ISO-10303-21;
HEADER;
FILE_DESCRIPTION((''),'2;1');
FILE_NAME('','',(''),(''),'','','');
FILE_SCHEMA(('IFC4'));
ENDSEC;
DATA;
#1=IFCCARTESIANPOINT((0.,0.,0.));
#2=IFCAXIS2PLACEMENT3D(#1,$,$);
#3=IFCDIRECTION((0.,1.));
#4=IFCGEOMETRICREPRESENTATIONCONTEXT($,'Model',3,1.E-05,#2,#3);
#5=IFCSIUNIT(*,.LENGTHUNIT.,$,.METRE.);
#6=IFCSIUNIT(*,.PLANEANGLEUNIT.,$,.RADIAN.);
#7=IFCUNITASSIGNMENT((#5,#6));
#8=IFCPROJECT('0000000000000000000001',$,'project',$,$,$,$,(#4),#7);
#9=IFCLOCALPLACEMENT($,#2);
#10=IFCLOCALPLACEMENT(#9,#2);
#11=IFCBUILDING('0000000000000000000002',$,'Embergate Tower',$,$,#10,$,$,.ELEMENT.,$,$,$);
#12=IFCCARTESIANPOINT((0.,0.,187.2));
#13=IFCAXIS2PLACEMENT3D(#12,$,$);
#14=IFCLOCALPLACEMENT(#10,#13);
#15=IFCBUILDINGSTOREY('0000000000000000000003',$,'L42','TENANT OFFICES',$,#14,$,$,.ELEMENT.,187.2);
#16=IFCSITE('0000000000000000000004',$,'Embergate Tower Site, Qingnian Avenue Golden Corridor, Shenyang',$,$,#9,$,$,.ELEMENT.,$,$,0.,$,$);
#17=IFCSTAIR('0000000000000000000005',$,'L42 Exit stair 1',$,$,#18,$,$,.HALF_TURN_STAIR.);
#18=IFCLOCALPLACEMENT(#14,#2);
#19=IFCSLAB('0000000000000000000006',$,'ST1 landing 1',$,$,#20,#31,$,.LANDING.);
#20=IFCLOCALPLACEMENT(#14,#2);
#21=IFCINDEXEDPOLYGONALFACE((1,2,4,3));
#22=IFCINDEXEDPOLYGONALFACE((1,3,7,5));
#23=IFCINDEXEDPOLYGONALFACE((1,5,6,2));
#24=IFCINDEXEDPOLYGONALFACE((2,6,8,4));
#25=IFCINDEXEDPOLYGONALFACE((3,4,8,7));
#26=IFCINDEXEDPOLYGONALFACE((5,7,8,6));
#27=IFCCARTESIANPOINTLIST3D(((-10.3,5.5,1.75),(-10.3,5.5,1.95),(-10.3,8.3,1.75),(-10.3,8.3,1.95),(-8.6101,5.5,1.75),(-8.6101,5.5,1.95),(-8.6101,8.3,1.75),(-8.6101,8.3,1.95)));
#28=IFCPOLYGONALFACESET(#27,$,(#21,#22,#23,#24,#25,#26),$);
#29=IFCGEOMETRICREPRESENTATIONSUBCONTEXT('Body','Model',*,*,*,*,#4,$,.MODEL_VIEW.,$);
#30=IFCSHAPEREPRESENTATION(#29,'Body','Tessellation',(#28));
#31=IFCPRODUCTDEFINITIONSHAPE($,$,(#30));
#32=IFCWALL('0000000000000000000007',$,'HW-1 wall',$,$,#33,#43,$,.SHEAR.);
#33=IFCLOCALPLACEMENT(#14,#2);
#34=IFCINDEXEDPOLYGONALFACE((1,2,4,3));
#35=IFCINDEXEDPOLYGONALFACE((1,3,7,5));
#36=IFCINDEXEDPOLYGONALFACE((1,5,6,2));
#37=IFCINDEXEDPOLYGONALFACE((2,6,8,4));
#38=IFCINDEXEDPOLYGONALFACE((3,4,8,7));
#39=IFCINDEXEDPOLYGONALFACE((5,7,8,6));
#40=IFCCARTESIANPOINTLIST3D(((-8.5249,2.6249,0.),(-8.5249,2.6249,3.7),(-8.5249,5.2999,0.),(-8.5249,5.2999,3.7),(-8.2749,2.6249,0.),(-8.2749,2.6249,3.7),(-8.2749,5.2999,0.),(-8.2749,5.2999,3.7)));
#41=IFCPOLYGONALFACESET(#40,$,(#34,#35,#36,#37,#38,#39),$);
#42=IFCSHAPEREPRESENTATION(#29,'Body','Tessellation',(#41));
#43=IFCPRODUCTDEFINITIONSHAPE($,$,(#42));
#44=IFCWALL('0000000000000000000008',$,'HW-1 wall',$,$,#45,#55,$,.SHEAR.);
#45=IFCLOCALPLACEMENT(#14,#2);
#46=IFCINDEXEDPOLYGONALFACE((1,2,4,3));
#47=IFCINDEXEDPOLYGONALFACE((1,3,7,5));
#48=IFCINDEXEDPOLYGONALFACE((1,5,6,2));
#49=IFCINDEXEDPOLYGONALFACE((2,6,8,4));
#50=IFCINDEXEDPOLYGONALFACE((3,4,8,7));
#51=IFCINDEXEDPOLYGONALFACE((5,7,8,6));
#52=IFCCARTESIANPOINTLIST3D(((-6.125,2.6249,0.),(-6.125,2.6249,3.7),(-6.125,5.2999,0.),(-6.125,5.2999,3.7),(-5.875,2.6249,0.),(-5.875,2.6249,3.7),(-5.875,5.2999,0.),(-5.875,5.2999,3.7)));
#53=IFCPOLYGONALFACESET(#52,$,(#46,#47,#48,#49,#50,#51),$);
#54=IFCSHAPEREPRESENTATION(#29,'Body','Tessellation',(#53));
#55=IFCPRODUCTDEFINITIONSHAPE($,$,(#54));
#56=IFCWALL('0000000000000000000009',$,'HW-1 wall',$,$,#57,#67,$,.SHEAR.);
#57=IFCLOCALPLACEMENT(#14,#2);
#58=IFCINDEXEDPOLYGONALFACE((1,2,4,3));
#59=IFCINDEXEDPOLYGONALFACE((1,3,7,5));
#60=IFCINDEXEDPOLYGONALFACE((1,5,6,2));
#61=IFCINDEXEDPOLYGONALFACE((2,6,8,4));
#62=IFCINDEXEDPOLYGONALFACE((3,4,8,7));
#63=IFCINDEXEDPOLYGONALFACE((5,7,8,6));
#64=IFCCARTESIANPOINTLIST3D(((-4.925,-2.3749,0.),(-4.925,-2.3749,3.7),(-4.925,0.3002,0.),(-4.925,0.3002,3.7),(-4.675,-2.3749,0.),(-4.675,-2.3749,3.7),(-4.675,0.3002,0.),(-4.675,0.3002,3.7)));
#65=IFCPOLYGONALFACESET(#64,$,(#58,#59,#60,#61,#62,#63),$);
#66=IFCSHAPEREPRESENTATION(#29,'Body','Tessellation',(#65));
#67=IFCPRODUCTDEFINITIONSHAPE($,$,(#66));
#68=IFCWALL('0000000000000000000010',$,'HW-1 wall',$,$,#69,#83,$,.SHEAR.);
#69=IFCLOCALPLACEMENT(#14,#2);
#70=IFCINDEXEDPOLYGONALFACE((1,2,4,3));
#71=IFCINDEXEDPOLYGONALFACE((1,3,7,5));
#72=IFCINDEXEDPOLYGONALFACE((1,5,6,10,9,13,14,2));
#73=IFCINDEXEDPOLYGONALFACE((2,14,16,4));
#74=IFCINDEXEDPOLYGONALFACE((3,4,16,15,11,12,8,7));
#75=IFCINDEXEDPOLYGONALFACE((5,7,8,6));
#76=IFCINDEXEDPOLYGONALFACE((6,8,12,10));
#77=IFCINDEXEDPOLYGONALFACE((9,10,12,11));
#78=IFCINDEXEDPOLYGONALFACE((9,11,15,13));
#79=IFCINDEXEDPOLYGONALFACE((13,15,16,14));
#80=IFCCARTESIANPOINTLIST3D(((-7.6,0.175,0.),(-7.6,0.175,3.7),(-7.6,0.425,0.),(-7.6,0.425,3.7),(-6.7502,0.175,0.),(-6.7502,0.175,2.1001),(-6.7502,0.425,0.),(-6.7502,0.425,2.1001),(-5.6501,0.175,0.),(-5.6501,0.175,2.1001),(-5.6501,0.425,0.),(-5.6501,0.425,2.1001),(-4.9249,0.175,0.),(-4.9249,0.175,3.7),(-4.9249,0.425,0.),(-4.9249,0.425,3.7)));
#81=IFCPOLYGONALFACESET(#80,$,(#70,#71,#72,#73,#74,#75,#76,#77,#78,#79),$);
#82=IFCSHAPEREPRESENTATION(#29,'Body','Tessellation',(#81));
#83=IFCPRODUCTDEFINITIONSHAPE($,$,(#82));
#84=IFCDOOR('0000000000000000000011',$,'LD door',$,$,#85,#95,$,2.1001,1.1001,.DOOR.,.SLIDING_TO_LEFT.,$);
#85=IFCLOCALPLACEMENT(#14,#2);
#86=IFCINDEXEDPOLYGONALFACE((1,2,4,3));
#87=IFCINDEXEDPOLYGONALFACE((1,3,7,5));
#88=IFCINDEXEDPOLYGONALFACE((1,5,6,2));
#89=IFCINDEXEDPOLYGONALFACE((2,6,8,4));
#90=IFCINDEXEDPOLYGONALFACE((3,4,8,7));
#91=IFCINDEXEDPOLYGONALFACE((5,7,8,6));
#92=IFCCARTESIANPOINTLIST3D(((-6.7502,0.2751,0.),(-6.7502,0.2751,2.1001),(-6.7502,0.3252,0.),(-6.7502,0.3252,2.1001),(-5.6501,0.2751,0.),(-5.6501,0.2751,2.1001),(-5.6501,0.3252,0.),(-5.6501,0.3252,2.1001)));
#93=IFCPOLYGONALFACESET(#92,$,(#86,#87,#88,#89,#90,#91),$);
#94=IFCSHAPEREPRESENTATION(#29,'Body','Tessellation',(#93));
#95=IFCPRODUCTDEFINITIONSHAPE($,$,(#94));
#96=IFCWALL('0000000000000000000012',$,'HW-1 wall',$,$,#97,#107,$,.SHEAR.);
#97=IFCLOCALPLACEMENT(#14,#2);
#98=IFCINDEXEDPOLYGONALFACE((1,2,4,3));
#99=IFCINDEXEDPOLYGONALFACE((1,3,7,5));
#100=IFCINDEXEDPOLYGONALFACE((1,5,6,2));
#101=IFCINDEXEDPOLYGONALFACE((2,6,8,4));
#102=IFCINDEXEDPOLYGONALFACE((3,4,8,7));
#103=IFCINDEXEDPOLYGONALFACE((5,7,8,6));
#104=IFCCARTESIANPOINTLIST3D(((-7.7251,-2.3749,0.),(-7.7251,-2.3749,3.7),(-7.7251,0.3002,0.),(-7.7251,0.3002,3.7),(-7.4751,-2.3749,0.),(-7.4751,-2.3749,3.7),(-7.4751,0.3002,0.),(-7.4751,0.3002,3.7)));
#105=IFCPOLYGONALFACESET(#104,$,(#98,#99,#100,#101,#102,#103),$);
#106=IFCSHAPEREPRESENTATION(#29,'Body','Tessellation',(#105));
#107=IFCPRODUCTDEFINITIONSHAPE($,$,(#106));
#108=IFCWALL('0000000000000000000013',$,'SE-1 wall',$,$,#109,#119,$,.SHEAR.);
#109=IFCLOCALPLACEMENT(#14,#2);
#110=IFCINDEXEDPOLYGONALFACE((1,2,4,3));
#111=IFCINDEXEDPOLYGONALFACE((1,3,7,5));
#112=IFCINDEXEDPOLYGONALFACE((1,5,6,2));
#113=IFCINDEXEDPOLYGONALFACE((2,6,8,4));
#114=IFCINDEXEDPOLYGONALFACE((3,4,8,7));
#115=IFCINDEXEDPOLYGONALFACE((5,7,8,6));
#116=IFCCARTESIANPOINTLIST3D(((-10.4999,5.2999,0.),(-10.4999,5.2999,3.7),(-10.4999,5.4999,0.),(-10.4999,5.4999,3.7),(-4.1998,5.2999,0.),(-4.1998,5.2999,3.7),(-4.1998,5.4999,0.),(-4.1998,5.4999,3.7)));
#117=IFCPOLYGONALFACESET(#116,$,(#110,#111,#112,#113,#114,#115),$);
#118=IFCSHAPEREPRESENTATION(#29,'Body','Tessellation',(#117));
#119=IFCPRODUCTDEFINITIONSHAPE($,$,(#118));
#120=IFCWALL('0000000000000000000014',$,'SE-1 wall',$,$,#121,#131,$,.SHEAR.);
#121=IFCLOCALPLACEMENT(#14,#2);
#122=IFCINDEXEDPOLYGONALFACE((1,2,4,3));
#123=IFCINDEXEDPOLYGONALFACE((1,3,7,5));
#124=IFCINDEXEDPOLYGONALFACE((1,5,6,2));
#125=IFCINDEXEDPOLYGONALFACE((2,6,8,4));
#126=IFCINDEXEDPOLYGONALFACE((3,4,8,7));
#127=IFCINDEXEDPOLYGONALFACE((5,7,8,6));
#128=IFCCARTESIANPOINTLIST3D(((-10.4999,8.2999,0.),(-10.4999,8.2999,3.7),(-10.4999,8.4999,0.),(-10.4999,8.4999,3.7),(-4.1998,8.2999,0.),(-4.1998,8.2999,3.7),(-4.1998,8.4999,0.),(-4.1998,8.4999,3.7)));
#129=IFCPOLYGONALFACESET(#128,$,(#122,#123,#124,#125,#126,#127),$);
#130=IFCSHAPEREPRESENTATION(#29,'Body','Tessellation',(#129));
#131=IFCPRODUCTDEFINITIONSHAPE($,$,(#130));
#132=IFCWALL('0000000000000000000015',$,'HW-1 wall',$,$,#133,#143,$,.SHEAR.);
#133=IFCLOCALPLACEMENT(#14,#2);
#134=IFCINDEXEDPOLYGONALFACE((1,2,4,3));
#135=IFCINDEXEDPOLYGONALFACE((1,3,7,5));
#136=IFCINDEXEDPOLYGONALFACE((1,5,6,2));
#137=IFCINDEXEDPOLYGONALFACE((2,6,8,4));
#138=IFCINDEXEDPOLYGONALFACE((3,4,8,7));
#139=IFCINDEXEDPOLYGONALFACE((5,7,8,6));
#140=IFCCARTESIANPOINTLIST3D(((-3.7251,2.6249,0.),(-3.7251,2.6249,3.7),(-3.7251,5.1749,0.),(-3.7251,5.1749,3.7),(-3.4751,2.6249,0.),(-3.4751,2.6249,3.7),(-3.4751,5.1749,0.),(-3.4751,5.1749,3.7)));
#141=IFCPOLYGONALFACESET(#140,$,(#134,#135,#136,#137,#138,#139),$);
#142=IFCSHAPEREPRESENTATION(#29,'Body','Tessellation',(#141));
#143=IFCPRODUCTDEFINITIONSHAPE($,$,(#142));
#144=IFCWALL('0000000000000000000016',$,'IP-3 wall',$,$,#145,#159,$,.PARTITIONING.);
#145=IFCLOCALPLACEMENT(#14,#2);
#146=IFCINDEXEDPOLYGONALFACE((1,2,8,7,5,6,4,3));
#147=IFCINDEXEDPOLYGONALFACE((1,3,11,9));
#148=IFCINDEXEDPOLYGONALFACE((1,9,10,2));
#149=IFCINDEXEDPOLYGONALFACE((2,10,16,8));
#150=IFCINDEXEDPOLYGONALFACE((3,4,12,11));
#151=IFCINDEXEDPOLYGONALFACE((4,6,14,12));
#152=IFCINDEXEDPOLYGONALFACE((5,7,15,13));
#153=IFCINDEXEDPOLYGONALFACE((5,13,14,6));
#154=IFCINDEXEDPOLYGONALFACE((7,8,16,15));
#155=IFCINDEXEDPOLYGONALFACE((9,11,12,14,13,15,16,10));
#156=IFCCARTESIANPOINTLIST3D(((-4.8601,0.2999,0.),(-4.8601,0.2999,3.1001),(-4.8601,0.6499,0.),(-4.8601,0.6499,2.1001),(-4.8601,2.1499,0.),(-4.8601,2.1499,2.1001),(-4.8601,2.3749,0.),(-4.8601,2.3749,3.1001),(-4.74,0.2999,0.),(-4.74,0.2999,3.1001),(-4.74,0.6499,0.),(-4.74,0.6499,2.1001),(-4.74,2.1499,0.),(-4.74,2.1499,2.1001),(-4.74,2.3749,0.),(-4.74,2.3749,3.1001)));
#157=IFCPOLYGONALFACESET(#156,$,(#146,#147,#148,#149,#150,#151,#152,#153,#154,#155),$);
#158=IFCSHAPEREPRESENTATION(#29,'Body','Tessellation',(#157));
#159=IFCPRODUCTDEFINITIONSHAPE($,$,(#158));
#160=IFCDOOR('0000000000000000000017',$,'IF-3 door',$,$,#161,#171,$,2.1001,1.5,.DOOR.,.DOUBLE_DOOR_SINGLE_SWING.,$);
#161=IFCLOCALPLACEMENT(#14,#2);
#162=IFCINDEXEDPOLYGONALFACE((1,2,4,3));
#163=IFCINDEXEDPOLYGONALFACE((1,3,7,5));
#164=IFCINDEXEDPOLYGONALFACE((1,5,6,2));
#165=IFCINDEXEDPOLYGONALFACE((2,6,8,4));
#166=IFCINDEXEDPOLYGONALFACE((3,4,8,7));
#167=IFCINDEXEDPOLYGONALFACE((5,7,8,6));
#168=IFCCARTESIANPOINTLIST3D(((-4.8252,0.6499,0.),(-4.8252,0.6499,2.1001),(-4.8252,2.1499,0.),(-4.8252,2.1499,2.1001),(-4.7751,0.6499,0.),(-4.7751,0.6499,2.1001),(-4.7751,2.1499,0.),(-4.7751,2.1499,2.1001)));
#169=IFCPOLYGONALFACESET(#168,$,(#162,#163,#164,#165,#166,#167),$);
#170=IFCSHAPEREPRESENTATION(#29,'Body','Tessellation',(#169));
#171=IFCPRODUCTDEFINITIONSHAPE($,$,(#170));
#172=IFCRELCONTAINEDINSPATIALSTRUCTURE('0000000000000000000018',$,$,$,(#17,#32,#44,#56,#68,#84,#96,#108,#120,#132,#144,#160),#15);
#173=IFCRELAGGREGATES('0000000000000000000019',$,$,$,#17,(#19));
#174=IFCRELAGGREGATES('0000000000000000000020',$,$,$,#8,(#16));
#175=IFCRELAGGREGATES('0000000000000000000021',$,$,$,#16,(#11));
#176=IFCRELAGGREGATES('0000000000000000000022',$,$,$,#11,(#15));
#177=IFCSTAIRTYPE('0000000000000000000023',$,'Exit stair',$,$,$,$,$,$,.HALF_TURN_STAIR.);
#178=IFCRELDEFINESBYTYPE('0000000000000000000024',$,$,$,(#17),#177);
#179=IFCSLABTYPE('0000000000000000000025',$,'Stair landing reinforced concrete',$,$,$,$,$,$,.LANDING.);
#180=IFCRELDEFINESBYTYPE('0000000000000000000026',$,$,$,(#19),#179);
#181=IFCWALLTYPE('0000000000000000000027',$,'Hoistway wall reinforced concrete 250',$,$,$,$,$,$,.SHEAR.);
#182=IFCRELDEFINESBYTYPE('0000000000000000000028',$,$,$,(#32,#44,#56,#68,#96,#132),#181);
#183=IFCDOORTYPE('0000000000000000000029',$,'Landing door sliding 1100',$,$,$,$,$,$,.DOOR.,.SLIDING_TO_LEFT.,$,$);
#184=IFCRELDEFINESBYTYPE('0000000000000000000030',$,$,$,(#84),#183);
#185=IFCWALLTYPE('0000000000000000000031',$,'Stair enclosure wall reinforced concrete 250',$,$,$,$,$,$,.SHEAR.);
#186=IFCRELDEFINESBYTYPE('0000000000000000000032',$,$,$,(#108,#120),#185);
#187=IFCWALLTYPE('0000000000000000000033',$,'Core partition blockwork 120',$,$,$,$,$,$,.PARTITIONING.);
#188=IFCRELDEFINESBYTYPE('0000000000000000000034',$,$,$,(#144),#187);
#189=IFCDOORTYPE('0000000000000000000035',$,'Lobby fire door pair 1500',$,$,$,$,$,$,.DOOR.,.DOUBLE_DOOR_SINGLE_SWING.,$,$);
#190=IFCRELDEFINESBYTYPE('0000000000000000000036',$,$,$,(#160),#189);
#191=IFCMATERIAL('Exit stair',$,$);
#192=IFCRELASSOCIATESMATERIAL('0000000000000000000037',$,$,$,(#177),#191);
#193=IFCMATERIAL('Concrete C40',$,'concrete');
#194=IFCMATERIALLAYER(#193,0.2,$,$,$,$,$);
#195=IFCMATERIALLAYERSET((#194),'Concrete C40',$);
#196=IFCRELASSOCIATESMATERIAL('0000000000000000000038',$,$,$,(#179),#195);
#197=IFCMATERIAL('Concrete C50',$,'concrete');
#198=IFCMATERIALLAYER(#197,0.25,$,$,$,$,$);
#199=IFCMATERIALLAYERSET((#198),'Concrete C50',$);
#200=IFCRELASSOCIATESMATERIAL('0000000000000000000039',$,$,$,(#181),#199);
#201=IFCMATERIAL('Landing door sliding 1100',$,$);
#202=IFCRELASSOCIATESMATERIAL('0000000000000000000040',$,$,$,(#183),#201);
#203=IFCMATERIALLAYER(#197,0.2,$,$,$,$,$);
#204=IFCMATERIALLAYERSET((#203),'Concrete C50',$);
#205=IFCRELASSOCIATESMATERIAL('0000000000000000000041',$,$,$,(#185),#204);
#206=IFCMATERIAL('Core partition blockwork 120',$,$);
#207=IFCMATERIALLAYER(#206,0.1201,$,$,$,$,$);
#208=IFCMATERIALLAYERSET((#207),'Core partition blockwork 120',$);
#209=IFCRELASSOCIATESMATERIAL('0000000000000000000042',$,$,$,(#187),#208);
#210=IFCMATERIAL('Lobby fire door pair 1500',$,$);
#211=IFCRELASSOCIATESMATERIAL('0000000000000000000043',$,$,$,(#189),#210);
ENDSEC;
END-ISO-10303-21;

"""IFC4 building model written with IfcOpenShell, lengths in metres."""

from ifc_helpers import new_model, si_unit, direction, frame, frame_2d, origin, place, context, subcontext, project, spatial, polyline, rectangle, outline, extrude, source, transform, mapped, material, layer, layer_set, type_object, element, fill, aggregate, save


model = new_model("IFC4")

# Units and contexts
model_context = context("Model", 3, precision=1e-05, world=origin(), true_north=direction((0.0, 1.0)))
body_context = subcontext(model_context, "Body", "Model", "MODEL_VIEW")
ifc_project = project(units=[si_unit("LENGTHUNIT", "METRE"), si_unit("PLANEANGLEUNIT", "RADIAN")], contexts=[model_context])

# Site, building, storey
site_placement = place(None, origin())
site = spatial("IfcSite", under=ifc_project, at=site_placement, Name="Embergate Tower Site, Qingnian Avenue Golden Corridor, Shenyang", CompositionType="ELEMENT", RefElevation=0.0)
building_placement = place(site_placement, origin())
building = spatial("IfcBuilding", under=site, at=building_placement, Name="Embergate Tower", CompositionType="ELEMENT")
storey_placement = place(building_placement, frame((0.0, 0.0, 187.2)))
storey = spatial("IfcBuildingStorey", under=building, at=storey_placement, Name="L42", Description="TENANT OFFICES", CompositionType="ELEMENT", Elevation=187.2)

# Stair, slab
ifc_material_1 = material(Name="Exit stair")
stair_type = type_object("IfcStairType", Name="Exit stair", PredefinedType="HALF_TURN_STAIR", material=ifc_material_1)
stair_placement = place(storey_placement, origin())
stair = element("IfcStair", 1, at=stair_placement, inside=storey, type_object=stair_type, Name="L42 Exit stair 1", PredefinedType="HALF_TURN_STAIR")
ifc_material_2 = material(Name="Concrete C40", Category="concrete")
ifc_layer_1 = layer(ifc_material_2, 0.2)
ifc_layer_set_1 = layer_set([ifc_layer_1], Name="Concrete C40")
slab_type = type_object("IfcSlabType", Name="Stair landing reinforced concrete", PredefinedType="LANDING", material=ifc_layer_set_1)
shared_shape_1 = source(origin(), body_context, "Body", "SweptSolid", [
    extrude(outline(polyline([(0.0, 0.0), (1.6899, 0.0), (1.6899, 2.8), (0.0, 2.8), (0.0, 0.0)])), origin(), (0.0, 0.0, 1.0), 0.2),
])
slab_placement = place(storey_placement, frame((-10.3, 5.5, 1.75)))
slab = element("IfcSlab", 2, at=slab_placement, type_object=slab_type, Name="ST1 landing 1", PredefinedType="LANDING", context=body_context, shape_type="MappedRepresentation", body=[
    mapped(shared_shape_1, transform((0.0, 0.0, 0.0))),
])

# Walls
ifc_material_3 = material(Name="Concrete C50", Category="concrete")
ifc_layer_2 = layer(ifc_material_3, 0.25)
ifc_layer_set_2 = layer_set([ifc_layer_2], Name="Concrete C50")
wall_type_1 = type_object("IfcWallType", Name="Hoistway wall reinforced concrete 250", PredefinedType="SHEAR", material=ifc_layer_set_2)
shared_shape_2 = source(origin(), body_context, "Body", "SweptSolid", [
    extrude(rectangle(XDim=2.675, YDim=0.25, at=frame_2d((1.3374, 0.0))), origin(), (0.0, 0.0, 1.0), 3.7),
])
for number, where, z_axis, x_axis, name in (
    (3, (-8.3999, 2.625, 0.0), (0.0, 0.0, 1.0), (0.0, 1.0, 0.0), "HW-1 wall"),
    (4, (-6.0, 2.625, 0.0), (0.0, 0.0, 1.0), (0.0, 1.0, 0.0), "HW-1 wall"),
    (5, (-4.8, 0.3, 0.0), (0.0, 0.0, 1.0), (0.0, -1.0, 0.0), "HW-1 wall"),
):
    element("IfcWall", number, at=place(storey_placement, frame(where, z_axis=z_axis, x_axis=x_axis)), inside=storey, type_object=wall_type_1, Name=name, PredefinedType="SHEAR", context=body_context, shape_type="MappedRepresentation", body=[
        mapped(shared_shape_2, transform((0.0, 0.0, 0.0))),
    ])

# Wall, opening, door
wall_1_placement = place(storey_placement, frame((-4.925, 0.3, 0.0), z_axis=(0.0, 0.0, 1.0), x_axis=(-1.0, 0.0, 0.0)))
wall_1 = element("IfcWall", 6, at=wall_1_placement, inside=storey, type_object=wall_type_1, Name="HW-1 wall", PredefinedType="SHEAR", context=body_context, shape_type="MappedRepresentation", body=[
    mapped(shared_shape_2, transform((0.0, 0.0, 0.0))),
])
shared_shape_3 = source(origin(), body_context, "Body", "SweptSolid", [
    extrude(rectangle(XDim=1.1001, YDim=2.1001, at=frame_2d((0.55, 1.05))), frame((0.0, 0.135, 0.0), z_axis=(0.0, -1.0, 0.0), x_axis=(1.0, 0.0, 0.0)), (0.0, 0.0, 1.0), 0.27),
])
opening_1_placement = place(wall_1_placement, frame((0.7251, 0.0, 0.0)))
opening_1 = element("IfcOpeningElement", 7, at=opening_1_placement, cuts=wall_1, PredefinedType="OPENING", context=body_context, shape_type="MappedRepresentation", body=[
    mapped(shared_shape_3, transform((0.0, 0.0, 0.0))),
])
ifc_material_4 = material(Name="Landing door sliding 1100")
door_type_1 = type_object("IfcDoorType", Name="Landing door sliding 1100", OperationType="SLIDING_TO_LEFT", PredefinedType="DOOR", material=ifc_material_4)
shared_shape_4 = source(origin(), body_context, "Body", "SweptSolid", [
    extrude(rectangle(XDim=1.1001, YDim=2.1001, at=frame_2d((0.55, 1.05))), frame((0.0, 0.0249, 0.0), z_axis=(0.0, -1.0, 0.0), x_axis=(1.0, 0.0, 0.0)), (0.0, 0.0, 1.0), 0.05),
])
door_1_placement = place(opening_1_placement, origin())
door_1 = element("IfcDoor", 8, at=door_1_placement, inside=storey, type_object=door_type_1, Name="LD door", OperationType="SLIDING_TO_LEFT", OverallHeight=2.1001, OverallWidth=1.1001, PredefinedType="DOOR", context=body_context, shape_type="MappedRepresentation", body=[
    mapped(shared_shape_4, transform((0.0, 0.0, 0.0))),
])
fill(opening_1, door_1)

# Walls
wall_2_placement = place(storey_placement, frame((-7.6001, 0.3, 0.0), z_axis=(0.0, 0.0, 1.0), x_axis=(0.0, -1.0, 0.0)))
element("IfcWall", 9, at=wall_2_placement, inside=storey, type_object=wall_type_1, Name="HW-1 wall", PredefinedType="SHEAR", context=body_context, shape_type="MappedRepresentation", body=[
    mapped(shared_shape_2, transform((0.0, 0.0, 0.0))),
])
ifc_layer_3 = layer(ifc_material_3, 0.2)
ifc_layer_set_3 = layer_set([ifc_layer_3], Name="Concrete C50")
wall_type_2 = type_object("IfcWallType", Name="Stair enclosure wall reinforced concrete 250", PredefinedType="SHEAR", material=ifc_layer_set_3)
shared_shape_5 = source(origin(), body_context, "Body", "SweptSolid", [
    extrude(rectangle(XDim=6.3, YDim=0.2, at=frame_2d((3.1499, 0.0))), origin(), (0.0, 0.0, 1.0), 3.7),
])
for number, where, z_axis, x_axis, name in (
    (10, (-4.2, 5.3999, 0.0), (0.0, 0.0, 1.0), (-1.0, 0.0, 0.0), "SE-1 wall"),
    (11, (-4.2, 8.3999, 0.0), (0.0, 0.0, 1.0), (-1.0, 0.0, 0.0), "SE-1 wall"),
):
    element("IfcWall", number, at=place(storey_placement, frame(where, z_axis=z_axis, x_axis=x_axis)), inside=storey, type_object=wall_type_2, Name=name, PredefinedType="SHEAR", context=body_context, shape_type="MappedRepresentation", body=[
        mapped(shared_shape_5, transform((0.0, 0.0, 0.0))),
    ])
shared_shape_6 = source(origin(), body_context, "Body", "SweptSolid", [
    extrude(rectangle(XDim=2.55, YDim=0.25, at=frame_2d((1.2749, 0.0))), origin(), (0.0, 0.0, 1.0), 3.7),
])
wall_3_placement = place(storey_placement, frame((-3.6001, 2.625, 0.0), z_axis=(0.0, 0.0, 1.0), x_axis=(0.0, 1.0, 0.0)))
element("IfcWall", 12, at=wall_3_placement, inside=storey, type_object=wall_type_1, Name="HW-1 wall", PredefinedType="SHEAR", context=body_context, shape_type="MappedRepresentation", body=[
    mapped(shared_shape_6, transform((0.0, 0.0, 0.0))),
])

# Wall, opening, door
ifc_material_5 = material(Name="Core partition blockwork 120")
ifc_layer_4 = layer(ifc_material_5, 0.1201)
ifc_layer_set_4 = layer_set([ifc_layer_4], Name="Core partition blockwork 120")
wall_type_3 = type_object("IfcWallType", Name="Core partition blockwork 120", PredefinedType="PARTITIONING", material=ifc_layer_set_4)
shared_shape_7 = source(origin(), body_context, "Body", "SweptSolid", [
    extrude(rectangle(XDim=2.075, YDim=0.1201, at=frame_2d((1.0376, 0.0))), origin(), (0.0, 0.0, 1.0), 3.1001),
])
wall_4_placement = place(storey_placement, frame((-4.8, 2.375, 0.0), z_axis=(0.0, 0.0, 1.0), x_axis=(0.0, -1.0, 0.0)))
wall_4 = element("IfcWall", 13, at=wall_4_placement, inside=storey, type_object=wall_type_3, Name="IP-3 wall", PredefinedType="PARTITIONING", context=body_context, shape_type="MappedRepresentation", body=[
    mapped(shared_shape_7, transform((0.0, 0.0, 0.0))),
])
shared_shape_8 = source(origin(), body_context, "Body", "SweptSolid", [
    extrude(rectangle(XDim=1.5, YDim=2.1001, at=frame_2d((0.75, 1.05))), frame((0.0, 0.0701, 0.0), z_axis=(0.0, -1.0, 0.0), x_axis=(1.0, 0.0, 0.0)), (0.0, 0.0, 1.0), 0.1401),
])
opening_2_placement = place(wall_4_placement, frame((0.2251, 0.0, 0.0)))
opening_2 = element("IfcOpeningElement", 14, at=opening_2_placement, cuts=wall_4, PredefinedType="OPENING", context=body_context, shape_type="MappedRepresentation", body=[
    mapped(shared_shape_8, transform((0.0, 0.0, 0.0))),
])
ifc_material_6 = material(Name="Lobby fire door pair 1500")
door_type_2 = type_object("IfcDoorType", Name="Lobby fire door pair 1500", OperationType="DOUBLE_DOOR_SINGLE_SWING", PredefinedType="DOOR", material=ifc_material_6)
shared_shape_9 = source(origin(), body_context, "Body", "SweptSolid", [
    extrude(rectangle(XDim=1.5, YDim=2.1001, at=frame_2d((0.75, 1.05))), frame((0.0, 0.0249, 0.0), z_axis=(0.0, -1.0, 0.0), x_axis=(1.0, 0.0, 0.0)), (0.0, 0.0, 1.0), 0.05),
])
door_2_placement = place(opening_2_placement, origin())
door_2 = element("IfcDoor", 15, at=door_2_placement, inside=storey, type_object=door_type_2, Name="IF-3 door", OperationType="DOUBLE_DOOR_SINGLE_SWING", OverallHeight=2.1001, OverallWidth=1.5, PredefinedType="DOOR", context=body_context, shape_type="MappedRepresentation", body=[
    mapped(shared_shape_9, transform((0.0, 0.0, 0.0))),
])
fill(opening_2, door_2)

aggregate(stair, [slab])

save(model, "model.ifc")
